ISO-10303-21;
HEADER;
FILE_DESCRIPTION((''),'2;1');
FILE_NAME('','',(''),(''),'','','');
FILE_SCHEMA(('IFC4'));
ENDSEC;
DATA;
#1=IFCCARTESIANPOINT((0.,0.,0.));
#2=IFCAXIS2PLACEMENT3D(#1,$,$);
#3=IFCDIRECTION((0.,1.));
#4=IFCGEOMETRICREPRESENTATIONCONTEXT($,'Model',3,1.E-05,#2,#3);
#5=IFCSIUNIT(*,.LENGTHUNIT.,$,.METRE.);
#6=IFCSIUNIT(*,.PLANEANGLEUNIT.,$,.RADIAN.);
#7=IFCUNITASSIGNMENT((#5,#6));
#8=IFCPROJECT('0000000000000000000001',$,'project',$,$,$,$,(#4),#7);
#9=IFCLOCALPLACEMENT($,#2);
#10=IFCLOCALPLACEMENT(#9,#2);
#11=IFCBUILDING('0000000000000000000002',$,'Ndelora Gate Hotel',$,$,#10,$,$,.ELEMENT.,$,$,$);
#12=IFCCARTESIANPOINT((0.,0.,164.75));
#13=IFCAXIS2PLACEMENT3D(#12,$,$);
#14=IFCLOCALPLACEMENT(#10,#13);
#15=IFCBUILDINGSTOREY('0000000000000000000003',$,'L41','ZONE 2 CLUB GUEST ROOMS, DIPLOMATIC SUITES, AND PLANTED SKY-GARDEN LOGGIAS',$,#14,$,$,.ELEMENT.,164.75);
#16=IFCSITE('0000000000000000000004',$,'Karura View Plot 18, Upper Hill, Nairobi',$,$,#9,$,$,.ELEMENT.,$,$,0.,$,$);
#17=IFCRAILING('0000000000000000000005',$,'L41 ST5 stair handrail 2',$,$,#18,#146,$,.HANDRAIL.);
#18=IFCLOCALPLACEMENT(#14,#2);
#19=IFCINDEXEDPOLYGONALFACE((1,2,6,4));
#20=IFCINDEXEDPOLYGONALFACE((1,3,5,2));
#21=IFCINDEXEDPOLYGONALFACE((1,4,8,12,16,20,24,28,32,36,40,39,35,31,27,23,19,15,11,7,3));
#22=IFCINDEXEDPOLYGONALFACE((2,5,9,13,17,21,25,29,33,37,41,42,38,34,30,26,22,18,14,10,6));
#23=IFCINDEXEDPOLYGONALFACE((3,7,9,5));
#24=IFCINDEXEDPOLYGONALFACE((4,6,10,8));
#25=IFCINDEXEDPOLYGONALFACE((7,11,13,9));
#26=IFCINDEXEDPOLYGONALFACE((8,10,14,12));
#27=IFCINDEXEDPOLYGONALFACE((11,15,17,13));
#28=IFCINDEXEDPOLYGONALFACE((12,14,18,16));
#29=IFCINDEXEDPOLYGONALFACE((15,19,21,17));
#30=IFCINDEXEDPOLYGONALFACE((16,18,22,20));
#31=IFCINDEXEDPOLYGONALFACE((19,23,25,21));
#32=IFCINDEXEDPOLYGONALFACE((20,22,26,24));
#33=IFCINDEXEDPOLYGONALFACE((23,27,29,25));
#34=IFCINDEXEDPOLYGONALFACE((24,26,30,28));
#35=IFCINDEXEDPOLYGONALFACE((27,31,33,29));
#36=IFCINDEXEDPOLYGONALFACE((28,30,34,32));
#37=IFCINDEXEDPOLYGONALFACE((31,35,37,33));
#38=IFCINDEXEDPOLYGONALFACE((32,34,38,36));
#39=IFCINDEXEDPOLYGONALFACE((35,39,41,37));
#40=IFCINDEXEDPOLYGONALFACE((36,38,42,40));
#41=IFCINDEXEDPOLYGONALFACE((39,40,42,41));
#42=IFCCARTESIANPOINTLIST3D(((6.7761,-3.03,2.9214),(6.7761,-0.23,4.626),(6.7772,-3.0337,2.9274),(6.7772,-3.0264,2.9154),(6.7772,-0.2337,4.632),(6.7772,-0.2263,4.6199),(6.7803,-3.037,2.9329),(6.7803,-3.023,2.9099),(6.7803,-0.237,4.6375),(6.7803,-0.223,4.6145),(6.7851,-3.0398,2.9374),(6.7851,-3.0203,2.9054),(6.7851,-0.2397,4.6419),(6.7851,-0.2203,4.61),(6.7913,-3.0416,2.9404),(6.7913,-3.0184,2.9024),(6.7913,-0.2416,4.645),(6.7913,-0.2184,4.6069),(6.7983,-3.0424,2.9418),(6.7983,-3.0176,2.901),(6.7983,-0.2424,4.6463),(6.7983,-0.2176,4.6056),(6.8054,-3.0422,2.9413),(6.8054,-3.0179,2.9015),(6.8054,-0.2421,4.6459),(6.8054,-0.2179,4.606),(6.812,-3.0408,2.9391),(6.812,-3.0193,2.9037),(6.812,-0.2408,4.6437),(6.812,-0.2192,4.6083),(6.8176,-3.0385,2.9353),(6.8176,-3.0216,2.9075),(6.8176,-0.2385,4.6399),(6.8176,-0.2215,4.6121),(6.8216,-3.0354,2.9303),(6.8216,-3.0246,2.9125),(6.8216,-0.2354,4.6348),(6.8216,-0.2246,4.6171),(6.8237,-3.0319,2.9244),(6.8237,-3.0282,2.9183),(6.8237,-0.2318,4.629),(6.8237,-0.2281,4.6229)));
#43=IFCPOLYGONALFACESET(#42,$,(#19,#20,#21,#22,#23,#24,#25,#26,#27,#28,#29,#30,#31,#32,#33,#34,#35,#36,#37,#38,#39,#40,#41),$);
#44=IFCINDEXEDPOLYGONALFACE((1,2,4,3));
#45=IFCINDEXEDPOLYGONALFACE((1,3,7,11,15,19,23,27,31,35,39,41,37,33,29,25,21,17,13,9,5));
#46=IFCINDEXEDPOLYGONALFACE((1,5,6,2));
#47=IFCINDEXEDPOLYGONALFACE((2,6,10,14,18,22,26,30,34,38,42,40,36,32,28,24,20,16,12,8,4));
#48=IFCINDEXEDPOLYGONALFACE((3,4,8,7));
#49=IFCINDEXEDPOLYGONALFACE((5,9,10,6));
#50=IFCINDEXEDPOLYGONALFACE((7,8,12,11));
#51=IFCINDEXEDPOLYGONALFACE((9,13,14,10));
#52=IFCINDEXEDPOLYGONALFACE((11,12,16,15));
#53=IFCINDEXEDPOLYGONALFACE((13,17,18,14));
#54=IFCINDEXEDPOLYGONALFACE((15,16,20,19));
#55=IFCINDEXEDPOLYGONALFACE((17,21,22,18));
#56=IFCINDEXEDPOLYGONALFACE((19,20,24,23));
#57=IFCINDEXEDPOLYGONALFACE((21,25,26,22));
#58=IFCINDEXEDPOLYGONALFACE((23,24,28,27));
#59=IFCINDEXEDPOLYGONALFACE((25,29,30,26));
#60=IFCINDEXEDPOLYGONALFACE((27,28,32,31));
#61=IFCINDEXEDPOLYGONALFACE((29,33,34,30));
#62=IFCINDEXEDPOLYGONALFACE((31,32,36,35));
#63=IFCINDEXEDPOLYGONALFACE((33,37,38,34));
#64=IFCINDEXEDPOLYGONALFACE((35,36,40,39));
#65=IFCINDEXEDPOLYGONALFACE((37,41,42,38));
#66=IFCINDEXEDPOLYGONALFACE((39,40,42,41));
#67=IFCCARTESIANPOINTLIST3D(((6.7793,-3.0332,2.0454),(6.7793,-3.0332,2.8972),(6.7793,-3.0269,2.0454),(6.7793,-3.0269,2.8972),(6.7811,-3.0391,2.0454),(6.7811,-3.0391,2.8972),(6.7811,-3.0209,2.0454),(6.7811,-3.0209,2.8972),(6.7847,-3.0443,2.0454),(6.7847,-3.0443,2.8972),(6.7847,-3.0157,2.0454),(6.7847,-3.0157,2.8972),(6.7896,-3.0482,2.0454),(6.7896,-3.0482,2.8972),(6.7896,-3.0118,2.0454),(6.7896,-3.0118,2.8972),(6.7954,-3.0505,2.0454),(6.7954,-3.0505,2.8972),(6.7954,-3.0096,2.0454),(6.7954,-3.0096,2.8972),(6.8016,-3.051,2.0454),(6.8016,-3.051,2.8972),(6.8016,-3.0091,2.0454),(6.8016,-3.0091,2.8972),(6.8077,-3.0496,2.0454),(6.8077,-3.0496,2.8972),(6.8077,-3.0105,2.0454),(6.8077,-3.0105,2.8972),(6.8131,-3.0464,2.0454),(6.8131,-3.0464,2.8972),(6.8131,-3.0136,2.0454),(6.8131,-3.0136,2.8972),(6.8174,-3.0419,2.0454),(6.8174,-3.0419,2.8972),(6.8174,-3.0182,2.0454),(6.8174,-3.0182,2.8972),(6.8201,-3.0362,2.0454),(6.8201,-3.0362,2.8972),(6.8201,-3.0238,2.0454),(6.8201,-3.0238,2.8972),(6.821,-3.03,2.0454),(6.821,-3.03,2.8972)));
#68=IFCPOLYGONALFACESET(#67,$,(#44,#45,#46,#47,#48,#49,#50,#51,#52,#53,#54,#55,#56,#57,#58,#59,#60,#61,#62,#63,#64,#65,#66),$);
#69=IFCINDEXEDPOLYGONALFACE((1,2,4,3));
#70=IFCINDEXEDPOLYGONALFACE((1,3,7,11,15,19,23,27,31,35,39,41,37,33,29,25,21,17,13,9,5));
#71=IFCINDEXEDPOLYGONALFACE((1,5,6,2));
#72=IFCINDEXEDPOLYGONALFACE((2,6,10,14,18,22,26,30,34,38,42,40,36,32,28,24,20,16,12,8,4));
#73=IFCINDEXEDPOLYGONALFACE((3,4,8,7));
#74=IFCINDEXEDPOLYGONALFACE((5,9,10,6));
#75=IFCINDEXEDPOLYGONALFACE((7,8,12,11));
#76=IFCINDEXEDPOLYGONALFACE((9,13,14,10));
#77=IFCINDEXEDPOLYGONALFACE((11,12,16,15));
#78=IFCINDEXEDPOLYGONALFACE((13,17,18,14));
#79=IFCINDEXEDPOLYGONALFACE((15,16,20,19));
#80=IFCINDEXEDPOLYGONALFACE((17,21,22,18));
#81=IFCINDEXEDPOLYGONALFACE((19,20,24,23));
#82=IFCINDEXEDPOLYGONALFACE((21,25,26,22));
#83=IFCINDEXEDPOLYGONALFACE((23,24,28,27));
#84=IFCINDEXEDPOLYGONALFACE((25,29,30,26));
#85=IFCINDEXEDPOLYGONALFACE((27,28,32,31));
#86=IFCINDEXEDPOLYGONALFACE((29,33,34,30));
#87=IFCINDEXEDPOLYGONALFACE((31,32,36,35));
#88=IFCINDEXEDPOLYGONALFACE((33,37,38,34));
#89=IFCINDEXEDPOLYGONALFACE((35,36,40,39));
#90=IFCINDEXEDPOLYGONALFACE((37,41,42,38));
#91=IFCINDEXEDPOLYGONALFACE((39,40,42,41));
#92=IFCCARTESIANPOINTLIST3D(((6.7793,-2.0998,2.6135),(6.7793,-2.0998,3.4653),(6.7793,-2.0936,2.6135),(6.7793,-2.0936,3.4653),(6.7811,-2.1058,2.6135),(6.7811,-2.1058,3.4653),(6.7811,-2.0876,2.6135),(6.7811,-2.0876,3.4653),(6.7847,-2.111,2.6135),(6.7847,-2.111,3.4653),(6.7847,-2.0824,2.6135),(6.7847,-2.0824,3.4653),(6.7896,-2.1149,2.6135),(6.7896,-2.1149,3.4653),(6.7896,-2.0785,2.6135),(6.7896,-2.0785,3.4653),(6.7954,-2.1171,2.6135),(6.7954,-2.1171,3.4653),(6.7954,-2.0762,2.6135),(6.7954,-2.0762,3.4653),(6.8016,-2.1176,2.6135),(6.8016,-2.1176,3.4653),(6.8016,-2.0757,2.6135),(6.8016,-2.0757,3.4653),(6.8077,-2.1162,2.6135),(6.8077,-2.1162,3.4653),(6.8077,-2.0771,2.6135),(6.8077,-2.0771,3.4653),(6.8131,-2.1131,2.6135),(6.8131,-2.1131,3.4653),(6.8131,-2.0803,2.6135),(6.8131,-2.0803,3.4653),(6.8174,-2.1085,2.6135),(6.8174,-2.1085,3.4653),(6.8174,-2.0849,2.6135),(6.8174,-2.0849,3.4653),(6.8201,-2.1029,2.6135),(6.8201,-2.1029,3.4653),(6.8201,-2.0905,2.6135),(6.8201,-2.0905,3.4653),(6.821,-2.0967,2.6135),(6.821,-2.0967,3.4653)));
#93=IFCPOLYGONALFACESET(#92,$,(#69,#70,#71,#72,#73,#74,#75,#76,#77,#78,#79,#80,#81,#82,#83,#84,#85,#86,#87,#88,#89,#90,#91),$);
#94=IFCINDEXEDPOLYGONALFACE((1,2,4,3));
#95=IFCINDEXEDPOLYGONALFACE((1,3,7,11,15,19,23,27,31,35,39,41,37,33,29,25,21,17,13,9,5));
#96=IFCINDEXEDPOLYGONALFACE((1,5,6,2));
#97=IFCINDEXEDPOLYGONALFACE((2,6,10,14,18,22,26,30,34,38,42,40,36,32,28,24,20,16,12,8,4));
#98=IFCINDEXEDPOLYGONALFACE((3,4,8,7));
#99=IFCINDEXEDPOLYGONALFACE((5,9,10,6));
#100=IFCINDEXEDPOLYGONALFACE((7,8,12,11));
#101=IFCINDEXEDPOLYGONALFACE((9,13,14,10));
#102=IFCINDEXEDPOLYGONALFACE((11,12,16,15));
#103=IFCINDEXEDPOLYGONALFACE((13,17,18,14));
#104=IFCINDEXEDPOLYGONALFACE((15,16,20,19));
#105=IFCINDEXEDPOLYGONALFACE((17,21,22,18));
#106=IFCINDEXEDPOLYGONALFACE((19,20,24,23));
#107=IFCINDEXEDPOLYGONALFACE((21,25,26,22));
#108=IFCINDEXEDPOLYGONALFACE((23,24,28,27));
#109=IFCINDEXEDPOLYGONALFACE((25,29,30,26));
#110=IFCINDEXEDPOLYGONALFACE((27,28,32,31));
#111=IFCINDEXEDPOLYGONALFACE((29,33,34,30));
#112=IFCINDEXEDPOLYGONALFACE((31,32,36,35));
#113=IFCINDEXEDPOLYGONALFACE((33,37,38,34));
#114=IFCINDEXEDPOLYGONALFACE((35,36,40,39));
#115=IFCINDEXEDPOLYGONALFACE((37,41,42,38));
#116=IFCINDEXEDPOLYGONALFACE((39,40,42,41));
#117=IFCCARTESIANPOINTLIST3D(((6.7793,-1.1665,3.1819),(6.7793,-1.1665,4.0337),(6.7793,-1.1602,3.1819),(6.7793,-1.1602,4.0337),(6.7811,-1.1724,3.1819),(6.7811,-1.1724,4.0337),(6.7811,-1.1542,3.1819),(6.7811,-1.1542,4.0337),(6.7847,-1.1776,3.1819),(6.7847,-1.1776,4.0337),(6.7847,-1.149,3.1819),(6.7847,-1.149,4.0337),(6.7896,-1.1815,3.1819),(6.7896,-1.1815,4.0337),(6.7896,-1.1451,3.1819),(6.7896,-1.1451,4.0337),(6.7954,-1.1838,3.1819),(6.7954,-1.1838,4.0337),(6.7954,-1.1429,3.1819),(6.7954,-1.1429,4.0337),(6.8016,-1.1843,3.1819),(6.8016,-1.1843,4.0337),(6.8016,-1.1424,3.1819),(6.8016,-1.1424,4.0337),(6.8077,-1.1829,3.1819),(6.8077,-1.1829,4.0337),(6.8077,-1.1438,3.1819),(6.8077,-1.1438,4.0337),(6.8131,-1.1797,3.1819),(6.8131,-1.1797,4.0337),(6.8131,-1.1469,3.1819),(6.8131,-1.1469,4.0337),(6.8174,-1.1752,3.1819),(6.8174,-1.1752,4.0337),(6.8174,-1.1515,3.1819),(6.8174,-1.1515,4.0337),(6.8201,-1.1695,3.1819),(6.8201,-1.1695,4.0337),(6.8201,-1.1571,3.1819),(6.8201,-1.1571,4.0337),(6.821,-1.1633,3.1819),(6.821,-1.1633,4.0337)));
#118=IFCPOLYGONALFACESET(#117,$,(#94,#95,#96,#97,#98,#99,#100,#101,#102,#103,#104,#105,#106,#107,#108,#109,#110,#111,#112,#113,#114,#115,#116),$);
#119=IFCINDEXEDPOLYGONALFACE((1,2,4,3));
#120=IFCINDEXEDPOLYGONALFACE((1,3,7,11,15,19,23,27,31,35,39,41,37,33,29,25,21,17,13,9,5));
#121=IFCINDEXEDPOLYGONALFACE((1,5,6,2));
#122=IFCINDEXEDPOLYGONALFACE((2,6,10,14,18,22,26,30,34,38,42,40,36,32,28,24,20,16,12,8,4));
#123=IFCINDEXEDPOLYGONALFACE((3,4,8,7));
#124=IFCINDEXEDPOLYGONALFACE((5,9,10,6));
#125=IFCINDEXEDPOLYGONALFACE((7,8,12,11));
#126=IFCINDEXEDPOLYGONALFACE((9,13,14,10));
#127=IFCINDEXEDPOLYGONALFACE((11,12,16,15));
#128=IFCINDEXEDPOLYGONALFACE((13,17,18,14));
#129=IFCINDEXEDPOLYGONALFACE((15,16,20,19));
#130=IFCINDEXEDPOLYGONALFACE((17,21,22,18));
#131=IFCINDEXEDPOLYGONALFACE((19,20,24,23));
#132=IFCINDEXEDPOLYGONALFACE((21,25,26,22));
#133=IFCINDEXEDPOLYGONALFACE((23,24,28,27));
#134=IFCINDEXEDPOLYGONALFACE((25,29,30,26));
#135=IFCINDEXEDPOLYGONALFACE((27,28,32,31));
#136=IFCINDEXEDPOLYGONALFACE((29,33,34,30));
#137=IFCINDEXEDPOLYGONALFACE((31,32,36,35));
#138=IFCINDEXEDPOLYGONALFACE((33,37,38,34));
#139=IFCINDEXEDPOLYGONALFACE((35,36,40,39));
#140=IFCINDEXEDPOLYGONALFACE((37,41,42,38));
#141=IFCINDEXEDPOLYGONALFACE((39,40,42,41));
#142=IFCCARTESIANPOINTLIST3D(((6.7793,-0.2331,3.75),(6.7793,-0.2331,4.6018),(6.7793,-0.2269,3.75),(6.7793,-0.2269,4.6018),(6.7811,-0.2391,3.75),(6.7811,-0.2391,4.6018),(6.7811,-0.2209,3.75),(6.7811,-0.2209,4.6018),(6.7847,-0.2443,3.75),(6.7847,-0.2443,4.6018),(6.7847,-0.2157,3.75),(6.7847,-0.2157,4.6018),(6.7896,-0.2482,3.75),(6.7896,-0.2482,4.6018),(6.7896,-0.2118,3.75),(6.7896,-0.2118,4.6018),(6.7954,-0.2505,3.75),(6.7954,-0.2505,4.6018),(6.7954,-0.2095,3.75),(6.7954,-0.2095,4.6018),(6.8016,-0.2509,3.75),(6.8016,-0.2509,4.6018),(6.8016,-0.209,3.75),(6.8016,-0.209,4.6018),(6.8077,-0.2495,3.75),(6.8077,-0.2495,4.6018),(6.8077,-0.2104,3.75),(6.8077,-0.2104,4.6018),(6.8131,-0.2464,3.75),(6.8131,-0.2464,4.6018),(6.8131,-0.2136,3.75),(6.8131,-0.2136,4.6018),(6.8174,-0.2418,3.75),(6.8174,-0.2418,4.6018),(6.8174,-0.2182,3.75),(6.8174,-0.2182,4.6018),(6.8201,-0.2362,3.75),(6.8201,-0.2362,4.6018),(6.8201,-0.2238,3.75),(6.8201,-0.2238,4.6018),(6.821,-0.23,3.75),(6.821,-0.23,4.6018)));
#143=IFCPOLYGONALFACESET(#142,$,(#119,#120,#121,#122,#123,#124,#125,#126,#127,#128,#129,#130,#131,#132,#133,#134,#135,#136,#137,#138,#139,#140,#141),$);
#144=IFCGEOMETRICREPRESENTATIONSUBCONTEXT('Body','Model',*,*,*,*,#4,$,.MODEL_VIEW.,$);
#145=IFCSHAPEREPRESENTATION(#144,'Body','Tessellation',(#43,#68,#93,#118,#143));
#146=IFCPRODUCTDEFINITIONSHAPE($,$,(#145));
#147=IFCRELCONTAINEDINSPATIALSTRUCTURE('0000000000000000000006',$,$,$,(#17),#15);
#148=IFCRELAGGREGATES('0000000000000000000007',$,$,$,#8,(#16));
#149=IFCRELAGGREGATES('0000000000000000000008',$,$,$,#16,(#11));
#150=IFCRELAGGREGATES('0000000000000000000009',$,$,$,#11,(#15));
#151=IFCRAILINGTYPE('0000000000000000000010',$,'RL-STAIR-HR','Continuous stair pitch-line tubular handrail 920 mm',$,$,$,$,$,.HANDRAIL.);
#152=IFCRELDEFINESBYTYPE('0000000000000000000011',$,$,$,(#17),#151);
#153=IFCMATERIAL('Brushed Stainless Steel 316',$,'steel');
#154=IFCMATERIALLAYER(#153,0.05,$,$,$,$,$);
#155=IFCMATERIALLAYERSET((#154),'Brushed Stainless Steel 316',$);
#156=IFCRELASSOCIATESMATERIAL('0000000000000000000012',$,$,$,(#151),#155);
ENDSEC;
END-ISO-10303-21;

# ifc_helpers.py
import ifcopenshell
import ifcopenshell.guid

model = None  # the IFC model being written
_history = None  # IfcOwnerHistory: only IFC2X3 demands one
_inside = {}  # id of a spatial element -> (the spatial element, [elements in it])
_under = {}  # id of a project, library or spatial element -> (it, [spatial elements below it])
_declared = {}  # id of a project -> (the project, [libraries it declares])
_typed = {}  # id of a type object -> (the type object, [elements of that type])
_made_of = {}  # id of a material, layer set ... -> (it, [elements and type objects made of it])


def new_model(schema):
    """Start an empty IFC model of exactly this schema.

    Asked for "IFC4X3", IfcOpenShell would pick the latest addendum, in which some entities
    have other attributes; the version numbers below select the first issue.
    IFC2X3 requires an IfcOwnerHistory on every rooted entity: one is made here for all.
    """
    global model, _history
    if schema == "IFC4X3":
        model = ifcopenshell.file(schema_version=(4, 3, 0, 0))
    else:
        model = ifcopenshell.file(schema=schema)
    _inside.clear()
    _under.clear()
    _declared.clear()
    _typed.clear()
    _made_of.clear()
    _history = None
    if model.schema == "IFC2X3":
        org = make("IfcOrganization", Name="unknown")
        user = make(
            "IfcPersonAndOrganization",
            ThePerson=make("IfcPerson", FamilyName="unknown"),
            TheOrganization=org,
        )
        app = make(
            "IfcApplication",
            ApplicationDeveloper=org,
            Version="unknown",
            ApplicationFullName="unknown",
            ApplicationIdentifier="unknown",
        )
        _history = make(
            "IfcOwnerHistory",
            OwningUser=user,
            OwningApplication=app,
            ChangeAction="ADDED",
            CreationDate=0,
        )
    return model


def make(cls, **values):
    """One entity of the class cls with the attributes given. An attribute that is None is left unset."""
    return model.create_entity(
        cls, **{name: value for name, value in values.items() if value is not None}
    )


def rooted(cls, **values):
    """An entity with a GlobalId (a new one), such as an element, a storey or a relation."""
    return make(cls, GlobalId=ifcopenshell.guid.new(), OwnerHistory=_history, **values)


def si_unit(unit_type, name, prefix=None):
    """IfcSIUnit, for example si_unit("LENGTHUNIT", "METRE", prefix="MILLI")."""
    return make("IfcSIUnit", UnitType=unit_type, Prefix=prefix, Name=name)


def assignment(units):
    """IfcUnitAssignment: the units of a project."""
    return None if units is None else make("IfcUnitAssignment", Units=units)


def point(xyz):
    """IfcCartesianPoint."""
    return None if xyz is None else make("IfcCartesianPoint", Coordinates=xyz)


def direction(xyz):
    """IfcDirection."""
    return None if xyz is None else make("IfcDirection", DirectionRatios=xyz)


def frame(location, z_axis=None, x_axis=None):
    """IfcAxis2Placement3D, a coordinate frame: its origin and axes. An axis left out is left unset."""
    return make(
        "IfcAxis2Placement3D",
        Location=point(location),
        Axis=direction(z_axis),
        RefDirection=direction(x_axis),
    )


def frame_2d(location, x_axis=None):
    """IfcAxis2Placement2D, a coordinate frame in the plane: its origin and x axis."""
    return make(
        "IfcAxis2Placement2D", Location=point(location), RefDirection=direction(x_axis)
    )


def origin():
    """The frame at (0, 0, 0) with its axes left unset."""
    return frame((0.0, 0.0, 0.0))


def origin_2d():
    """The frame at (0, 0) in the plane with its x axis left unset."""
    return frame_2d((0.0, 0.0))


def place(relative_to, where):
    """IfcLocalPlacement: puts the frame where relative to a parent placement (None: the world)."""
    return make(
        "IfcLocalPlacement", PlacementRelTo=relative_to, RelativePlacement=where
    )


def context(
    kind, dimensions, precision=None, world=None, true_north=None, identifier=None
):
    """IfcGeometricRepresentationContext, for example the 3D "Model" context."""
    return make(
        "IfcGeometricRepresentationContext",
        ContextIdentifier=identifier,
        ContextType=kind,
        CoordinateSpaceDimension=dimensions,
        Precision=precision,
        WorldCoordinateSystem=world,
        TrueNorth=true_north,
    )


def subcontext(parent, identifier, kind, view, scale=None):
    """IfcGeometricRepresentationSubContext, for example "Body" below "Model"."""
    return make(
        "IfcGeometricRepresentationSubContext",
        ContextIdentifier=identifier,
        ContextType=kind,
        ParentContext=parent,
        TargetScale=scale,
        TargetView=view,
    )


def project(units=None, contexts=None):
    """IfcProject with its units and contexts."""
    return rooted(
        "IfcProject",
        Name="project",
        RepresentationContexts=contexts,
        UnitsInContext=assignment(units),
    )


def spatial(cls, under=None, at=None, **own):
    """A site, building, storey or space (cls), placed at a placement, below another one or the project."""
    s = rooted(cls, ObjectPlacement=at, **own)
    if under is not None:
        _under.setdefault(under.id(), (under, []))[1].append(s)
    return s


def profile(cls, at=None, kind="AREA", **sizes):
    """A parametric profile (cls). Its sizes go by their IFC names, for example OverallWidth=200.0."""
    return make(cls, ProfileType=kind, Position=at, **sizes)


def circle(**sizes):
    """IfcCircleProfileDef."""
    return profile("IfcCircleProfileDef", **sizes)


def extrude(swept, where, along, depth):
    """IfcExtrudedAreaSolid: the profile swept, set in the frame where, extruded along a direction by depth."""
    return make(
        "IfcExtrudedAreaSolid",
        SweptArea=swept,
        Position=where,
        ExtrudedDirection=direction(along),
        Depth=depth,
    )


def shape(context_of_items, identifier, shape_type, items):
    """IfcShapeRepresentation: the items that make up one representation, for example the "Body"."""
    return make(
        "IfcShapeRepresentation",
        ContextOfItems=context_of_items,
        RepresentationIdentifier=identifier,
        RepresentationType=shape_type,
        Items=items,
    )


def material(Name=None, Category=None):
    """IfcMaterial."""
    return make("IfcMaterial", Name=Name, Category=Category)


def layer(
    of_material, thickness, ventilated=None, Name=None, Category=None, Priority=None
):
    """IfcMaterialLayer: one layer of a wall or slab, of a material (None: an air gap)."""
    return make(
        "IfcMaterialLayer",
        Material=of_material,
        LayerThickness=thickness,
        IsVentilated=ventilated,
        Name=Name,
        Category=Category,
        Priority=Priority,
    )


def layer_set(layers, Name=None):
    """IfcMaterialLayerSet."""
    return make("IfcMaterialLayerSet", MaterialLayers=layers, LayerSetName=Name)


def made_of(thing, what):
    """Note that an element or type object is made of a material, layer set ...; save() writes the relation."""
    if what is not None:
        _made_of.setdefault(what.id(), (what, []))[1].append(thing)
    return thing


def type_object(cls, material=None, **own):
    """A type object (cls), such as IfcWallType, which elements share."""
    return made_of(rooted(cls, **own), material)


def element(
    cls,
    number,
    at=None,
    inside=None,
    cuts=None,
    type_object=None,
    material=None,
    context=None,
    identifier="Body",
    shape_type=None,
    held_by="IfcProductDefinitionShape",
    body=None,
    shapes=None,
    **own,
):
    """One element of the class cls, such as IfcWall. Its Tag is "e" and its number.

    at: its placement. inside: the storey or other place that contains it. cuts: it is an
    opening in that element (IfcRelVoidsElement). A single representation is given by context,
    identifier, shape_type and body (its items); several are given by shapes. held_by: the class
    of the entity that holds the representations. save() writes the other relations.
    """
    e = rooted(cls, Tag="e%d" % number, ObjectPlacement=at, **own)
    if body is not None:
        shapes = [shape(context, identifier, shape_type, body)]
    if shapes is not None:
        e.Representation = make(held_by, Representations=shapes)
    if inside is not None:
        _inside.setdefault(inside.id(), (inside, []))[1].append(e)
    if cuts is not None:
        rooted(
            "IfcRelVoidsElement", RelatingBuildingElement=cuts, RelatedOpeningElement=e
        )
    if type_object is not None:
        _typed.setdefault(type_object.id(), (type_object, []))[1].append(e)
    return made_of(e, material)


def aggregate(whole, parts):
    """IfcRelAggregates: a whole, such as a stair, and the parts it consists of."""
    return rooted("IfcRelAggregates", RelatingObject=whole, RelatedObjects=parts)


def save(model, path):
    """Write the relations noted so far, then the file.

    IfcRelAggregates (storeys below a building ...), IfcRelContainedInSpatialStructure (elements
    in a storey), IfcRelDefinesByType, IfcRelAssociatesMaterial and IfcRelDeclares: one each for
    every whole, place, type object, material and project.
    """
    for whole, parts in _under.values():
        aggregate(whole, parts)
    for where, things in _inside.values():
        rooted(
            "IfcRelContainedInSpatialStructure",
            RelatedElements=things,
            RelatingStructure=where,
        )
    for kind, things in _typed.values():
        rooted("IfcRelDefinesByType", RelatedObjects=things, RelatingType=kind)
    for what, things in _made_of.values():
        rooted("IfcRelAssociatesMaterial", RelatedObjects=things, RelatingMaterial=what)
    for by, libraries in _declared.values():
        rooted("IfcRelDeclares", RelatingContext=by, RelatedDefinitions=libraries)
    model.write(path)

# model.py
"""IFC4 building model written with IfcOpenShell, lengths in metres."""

from ifc_helpers import new_model, si_unit, direction, frame, origin, origin_2d, place, context, subcontext, project, spatial, circle, extrude, material, layer, layer_set, type_object, element, save


model = new_model("IFC4")

# Units and contexts
model_context = context("Model", 3, precision=1e-05, world=origin(), true_north=direction((0.0, 1.0)))
body_context = subcontext(model_context, "Body", "Model", "MODEL_VIEW")
ifc_project = project(units=[si_unit("LENGTHUNIT", "METRE"), si_unit("PLANEANGLEUNIT", "RADIAN")], contexts=[model_context])

# Site, building, storey
site_placement = place(None, origin())
site = spatial("IfcSite", under=ifc_project, at=site_placement, Name="Karura View Plot 18, Upper Hill, Nairobi", CompositionType="ELEMENT", RefElevation=0.0)
building_placement = place(site_placement, origin())
building = spatial("IfcBuilding", under=site, at=building_placement, Name="Ndelora Gate Hotel", CompositionType="ELEMENT")
storey_placement = place(building_placement, frame((0.0, 0.0, 164.75)))
storey = spatial("IfcBuildingStorey", under=building, at=storey_placement, Name="L41", Description="ZONE 2 CLUB GUEST ROOMS, DIPLOMATIC SUITES, AND PLANTED SKY-GARDEN LOGGIAS", CompositionType="ELEMENT", Elevation=164.75)

# Railing
ifc_material_1 = material(Name="Brushed Stainless Steel 316", Category="steel")
ifc_layer_1 = layer(ifc_material_1, 0.05)
ifc_layer_set_1 = layer_set([ifc_layer_1], Name="Brushed Stainless Steel 316")
railing_type_1 = type_object("IfcRailingType", Name="RL-STAIR-HR", Description="Continuous stair pitch-line tubular handrail 920 mm", PredefinedType="HANDRAIL", material=ifc_layer_set_1)
railing_1_placement = place(storey_placement, frame((6.8, -3.03, 2.0454)))
element("IfcRailing", 1, at=railing_1_placement, inside=storey, type_object=railing_type_1, Name="L41 ST5 stair handrail 2", PredefinedType="HANDRAIL", context=body_context, shape_type="SweptSolid", body=[
    extrude(circle(Radius=0.0239, at=origin_2d()), frame((0.0, 0.0, 0.876), z_axis=(0.0, 0.85417, 0.519994), x_axis=(-1.0, 0.0, 0.0)), (0.0, 0.0, 1.0), 3.2781),
    extrude(circle(Radius=0.021, at=origin_2d()), origin(), (0.0, 0.0, 1.0), 0.8518),
    extrude(circle(Radius=0.021, at=origin_2d()), frame((0.0, 0.9333, 0.5681)), (0.0, 0.0, 1.0), 0.8518),
    extrude(circle(Radius=0.021, at=origin_2d()), frame((0.0, 1.8667, 1.1365)), (0.0, 0.0, 1.0), 0.8518),
    extrude(circle(Radius=0.021, at=origin_2d()), frame((0.0, 2.8, 1.7046)), (0.0, 0.0, 1.0), 0.8518),
])

save(model, "model.ifc")
